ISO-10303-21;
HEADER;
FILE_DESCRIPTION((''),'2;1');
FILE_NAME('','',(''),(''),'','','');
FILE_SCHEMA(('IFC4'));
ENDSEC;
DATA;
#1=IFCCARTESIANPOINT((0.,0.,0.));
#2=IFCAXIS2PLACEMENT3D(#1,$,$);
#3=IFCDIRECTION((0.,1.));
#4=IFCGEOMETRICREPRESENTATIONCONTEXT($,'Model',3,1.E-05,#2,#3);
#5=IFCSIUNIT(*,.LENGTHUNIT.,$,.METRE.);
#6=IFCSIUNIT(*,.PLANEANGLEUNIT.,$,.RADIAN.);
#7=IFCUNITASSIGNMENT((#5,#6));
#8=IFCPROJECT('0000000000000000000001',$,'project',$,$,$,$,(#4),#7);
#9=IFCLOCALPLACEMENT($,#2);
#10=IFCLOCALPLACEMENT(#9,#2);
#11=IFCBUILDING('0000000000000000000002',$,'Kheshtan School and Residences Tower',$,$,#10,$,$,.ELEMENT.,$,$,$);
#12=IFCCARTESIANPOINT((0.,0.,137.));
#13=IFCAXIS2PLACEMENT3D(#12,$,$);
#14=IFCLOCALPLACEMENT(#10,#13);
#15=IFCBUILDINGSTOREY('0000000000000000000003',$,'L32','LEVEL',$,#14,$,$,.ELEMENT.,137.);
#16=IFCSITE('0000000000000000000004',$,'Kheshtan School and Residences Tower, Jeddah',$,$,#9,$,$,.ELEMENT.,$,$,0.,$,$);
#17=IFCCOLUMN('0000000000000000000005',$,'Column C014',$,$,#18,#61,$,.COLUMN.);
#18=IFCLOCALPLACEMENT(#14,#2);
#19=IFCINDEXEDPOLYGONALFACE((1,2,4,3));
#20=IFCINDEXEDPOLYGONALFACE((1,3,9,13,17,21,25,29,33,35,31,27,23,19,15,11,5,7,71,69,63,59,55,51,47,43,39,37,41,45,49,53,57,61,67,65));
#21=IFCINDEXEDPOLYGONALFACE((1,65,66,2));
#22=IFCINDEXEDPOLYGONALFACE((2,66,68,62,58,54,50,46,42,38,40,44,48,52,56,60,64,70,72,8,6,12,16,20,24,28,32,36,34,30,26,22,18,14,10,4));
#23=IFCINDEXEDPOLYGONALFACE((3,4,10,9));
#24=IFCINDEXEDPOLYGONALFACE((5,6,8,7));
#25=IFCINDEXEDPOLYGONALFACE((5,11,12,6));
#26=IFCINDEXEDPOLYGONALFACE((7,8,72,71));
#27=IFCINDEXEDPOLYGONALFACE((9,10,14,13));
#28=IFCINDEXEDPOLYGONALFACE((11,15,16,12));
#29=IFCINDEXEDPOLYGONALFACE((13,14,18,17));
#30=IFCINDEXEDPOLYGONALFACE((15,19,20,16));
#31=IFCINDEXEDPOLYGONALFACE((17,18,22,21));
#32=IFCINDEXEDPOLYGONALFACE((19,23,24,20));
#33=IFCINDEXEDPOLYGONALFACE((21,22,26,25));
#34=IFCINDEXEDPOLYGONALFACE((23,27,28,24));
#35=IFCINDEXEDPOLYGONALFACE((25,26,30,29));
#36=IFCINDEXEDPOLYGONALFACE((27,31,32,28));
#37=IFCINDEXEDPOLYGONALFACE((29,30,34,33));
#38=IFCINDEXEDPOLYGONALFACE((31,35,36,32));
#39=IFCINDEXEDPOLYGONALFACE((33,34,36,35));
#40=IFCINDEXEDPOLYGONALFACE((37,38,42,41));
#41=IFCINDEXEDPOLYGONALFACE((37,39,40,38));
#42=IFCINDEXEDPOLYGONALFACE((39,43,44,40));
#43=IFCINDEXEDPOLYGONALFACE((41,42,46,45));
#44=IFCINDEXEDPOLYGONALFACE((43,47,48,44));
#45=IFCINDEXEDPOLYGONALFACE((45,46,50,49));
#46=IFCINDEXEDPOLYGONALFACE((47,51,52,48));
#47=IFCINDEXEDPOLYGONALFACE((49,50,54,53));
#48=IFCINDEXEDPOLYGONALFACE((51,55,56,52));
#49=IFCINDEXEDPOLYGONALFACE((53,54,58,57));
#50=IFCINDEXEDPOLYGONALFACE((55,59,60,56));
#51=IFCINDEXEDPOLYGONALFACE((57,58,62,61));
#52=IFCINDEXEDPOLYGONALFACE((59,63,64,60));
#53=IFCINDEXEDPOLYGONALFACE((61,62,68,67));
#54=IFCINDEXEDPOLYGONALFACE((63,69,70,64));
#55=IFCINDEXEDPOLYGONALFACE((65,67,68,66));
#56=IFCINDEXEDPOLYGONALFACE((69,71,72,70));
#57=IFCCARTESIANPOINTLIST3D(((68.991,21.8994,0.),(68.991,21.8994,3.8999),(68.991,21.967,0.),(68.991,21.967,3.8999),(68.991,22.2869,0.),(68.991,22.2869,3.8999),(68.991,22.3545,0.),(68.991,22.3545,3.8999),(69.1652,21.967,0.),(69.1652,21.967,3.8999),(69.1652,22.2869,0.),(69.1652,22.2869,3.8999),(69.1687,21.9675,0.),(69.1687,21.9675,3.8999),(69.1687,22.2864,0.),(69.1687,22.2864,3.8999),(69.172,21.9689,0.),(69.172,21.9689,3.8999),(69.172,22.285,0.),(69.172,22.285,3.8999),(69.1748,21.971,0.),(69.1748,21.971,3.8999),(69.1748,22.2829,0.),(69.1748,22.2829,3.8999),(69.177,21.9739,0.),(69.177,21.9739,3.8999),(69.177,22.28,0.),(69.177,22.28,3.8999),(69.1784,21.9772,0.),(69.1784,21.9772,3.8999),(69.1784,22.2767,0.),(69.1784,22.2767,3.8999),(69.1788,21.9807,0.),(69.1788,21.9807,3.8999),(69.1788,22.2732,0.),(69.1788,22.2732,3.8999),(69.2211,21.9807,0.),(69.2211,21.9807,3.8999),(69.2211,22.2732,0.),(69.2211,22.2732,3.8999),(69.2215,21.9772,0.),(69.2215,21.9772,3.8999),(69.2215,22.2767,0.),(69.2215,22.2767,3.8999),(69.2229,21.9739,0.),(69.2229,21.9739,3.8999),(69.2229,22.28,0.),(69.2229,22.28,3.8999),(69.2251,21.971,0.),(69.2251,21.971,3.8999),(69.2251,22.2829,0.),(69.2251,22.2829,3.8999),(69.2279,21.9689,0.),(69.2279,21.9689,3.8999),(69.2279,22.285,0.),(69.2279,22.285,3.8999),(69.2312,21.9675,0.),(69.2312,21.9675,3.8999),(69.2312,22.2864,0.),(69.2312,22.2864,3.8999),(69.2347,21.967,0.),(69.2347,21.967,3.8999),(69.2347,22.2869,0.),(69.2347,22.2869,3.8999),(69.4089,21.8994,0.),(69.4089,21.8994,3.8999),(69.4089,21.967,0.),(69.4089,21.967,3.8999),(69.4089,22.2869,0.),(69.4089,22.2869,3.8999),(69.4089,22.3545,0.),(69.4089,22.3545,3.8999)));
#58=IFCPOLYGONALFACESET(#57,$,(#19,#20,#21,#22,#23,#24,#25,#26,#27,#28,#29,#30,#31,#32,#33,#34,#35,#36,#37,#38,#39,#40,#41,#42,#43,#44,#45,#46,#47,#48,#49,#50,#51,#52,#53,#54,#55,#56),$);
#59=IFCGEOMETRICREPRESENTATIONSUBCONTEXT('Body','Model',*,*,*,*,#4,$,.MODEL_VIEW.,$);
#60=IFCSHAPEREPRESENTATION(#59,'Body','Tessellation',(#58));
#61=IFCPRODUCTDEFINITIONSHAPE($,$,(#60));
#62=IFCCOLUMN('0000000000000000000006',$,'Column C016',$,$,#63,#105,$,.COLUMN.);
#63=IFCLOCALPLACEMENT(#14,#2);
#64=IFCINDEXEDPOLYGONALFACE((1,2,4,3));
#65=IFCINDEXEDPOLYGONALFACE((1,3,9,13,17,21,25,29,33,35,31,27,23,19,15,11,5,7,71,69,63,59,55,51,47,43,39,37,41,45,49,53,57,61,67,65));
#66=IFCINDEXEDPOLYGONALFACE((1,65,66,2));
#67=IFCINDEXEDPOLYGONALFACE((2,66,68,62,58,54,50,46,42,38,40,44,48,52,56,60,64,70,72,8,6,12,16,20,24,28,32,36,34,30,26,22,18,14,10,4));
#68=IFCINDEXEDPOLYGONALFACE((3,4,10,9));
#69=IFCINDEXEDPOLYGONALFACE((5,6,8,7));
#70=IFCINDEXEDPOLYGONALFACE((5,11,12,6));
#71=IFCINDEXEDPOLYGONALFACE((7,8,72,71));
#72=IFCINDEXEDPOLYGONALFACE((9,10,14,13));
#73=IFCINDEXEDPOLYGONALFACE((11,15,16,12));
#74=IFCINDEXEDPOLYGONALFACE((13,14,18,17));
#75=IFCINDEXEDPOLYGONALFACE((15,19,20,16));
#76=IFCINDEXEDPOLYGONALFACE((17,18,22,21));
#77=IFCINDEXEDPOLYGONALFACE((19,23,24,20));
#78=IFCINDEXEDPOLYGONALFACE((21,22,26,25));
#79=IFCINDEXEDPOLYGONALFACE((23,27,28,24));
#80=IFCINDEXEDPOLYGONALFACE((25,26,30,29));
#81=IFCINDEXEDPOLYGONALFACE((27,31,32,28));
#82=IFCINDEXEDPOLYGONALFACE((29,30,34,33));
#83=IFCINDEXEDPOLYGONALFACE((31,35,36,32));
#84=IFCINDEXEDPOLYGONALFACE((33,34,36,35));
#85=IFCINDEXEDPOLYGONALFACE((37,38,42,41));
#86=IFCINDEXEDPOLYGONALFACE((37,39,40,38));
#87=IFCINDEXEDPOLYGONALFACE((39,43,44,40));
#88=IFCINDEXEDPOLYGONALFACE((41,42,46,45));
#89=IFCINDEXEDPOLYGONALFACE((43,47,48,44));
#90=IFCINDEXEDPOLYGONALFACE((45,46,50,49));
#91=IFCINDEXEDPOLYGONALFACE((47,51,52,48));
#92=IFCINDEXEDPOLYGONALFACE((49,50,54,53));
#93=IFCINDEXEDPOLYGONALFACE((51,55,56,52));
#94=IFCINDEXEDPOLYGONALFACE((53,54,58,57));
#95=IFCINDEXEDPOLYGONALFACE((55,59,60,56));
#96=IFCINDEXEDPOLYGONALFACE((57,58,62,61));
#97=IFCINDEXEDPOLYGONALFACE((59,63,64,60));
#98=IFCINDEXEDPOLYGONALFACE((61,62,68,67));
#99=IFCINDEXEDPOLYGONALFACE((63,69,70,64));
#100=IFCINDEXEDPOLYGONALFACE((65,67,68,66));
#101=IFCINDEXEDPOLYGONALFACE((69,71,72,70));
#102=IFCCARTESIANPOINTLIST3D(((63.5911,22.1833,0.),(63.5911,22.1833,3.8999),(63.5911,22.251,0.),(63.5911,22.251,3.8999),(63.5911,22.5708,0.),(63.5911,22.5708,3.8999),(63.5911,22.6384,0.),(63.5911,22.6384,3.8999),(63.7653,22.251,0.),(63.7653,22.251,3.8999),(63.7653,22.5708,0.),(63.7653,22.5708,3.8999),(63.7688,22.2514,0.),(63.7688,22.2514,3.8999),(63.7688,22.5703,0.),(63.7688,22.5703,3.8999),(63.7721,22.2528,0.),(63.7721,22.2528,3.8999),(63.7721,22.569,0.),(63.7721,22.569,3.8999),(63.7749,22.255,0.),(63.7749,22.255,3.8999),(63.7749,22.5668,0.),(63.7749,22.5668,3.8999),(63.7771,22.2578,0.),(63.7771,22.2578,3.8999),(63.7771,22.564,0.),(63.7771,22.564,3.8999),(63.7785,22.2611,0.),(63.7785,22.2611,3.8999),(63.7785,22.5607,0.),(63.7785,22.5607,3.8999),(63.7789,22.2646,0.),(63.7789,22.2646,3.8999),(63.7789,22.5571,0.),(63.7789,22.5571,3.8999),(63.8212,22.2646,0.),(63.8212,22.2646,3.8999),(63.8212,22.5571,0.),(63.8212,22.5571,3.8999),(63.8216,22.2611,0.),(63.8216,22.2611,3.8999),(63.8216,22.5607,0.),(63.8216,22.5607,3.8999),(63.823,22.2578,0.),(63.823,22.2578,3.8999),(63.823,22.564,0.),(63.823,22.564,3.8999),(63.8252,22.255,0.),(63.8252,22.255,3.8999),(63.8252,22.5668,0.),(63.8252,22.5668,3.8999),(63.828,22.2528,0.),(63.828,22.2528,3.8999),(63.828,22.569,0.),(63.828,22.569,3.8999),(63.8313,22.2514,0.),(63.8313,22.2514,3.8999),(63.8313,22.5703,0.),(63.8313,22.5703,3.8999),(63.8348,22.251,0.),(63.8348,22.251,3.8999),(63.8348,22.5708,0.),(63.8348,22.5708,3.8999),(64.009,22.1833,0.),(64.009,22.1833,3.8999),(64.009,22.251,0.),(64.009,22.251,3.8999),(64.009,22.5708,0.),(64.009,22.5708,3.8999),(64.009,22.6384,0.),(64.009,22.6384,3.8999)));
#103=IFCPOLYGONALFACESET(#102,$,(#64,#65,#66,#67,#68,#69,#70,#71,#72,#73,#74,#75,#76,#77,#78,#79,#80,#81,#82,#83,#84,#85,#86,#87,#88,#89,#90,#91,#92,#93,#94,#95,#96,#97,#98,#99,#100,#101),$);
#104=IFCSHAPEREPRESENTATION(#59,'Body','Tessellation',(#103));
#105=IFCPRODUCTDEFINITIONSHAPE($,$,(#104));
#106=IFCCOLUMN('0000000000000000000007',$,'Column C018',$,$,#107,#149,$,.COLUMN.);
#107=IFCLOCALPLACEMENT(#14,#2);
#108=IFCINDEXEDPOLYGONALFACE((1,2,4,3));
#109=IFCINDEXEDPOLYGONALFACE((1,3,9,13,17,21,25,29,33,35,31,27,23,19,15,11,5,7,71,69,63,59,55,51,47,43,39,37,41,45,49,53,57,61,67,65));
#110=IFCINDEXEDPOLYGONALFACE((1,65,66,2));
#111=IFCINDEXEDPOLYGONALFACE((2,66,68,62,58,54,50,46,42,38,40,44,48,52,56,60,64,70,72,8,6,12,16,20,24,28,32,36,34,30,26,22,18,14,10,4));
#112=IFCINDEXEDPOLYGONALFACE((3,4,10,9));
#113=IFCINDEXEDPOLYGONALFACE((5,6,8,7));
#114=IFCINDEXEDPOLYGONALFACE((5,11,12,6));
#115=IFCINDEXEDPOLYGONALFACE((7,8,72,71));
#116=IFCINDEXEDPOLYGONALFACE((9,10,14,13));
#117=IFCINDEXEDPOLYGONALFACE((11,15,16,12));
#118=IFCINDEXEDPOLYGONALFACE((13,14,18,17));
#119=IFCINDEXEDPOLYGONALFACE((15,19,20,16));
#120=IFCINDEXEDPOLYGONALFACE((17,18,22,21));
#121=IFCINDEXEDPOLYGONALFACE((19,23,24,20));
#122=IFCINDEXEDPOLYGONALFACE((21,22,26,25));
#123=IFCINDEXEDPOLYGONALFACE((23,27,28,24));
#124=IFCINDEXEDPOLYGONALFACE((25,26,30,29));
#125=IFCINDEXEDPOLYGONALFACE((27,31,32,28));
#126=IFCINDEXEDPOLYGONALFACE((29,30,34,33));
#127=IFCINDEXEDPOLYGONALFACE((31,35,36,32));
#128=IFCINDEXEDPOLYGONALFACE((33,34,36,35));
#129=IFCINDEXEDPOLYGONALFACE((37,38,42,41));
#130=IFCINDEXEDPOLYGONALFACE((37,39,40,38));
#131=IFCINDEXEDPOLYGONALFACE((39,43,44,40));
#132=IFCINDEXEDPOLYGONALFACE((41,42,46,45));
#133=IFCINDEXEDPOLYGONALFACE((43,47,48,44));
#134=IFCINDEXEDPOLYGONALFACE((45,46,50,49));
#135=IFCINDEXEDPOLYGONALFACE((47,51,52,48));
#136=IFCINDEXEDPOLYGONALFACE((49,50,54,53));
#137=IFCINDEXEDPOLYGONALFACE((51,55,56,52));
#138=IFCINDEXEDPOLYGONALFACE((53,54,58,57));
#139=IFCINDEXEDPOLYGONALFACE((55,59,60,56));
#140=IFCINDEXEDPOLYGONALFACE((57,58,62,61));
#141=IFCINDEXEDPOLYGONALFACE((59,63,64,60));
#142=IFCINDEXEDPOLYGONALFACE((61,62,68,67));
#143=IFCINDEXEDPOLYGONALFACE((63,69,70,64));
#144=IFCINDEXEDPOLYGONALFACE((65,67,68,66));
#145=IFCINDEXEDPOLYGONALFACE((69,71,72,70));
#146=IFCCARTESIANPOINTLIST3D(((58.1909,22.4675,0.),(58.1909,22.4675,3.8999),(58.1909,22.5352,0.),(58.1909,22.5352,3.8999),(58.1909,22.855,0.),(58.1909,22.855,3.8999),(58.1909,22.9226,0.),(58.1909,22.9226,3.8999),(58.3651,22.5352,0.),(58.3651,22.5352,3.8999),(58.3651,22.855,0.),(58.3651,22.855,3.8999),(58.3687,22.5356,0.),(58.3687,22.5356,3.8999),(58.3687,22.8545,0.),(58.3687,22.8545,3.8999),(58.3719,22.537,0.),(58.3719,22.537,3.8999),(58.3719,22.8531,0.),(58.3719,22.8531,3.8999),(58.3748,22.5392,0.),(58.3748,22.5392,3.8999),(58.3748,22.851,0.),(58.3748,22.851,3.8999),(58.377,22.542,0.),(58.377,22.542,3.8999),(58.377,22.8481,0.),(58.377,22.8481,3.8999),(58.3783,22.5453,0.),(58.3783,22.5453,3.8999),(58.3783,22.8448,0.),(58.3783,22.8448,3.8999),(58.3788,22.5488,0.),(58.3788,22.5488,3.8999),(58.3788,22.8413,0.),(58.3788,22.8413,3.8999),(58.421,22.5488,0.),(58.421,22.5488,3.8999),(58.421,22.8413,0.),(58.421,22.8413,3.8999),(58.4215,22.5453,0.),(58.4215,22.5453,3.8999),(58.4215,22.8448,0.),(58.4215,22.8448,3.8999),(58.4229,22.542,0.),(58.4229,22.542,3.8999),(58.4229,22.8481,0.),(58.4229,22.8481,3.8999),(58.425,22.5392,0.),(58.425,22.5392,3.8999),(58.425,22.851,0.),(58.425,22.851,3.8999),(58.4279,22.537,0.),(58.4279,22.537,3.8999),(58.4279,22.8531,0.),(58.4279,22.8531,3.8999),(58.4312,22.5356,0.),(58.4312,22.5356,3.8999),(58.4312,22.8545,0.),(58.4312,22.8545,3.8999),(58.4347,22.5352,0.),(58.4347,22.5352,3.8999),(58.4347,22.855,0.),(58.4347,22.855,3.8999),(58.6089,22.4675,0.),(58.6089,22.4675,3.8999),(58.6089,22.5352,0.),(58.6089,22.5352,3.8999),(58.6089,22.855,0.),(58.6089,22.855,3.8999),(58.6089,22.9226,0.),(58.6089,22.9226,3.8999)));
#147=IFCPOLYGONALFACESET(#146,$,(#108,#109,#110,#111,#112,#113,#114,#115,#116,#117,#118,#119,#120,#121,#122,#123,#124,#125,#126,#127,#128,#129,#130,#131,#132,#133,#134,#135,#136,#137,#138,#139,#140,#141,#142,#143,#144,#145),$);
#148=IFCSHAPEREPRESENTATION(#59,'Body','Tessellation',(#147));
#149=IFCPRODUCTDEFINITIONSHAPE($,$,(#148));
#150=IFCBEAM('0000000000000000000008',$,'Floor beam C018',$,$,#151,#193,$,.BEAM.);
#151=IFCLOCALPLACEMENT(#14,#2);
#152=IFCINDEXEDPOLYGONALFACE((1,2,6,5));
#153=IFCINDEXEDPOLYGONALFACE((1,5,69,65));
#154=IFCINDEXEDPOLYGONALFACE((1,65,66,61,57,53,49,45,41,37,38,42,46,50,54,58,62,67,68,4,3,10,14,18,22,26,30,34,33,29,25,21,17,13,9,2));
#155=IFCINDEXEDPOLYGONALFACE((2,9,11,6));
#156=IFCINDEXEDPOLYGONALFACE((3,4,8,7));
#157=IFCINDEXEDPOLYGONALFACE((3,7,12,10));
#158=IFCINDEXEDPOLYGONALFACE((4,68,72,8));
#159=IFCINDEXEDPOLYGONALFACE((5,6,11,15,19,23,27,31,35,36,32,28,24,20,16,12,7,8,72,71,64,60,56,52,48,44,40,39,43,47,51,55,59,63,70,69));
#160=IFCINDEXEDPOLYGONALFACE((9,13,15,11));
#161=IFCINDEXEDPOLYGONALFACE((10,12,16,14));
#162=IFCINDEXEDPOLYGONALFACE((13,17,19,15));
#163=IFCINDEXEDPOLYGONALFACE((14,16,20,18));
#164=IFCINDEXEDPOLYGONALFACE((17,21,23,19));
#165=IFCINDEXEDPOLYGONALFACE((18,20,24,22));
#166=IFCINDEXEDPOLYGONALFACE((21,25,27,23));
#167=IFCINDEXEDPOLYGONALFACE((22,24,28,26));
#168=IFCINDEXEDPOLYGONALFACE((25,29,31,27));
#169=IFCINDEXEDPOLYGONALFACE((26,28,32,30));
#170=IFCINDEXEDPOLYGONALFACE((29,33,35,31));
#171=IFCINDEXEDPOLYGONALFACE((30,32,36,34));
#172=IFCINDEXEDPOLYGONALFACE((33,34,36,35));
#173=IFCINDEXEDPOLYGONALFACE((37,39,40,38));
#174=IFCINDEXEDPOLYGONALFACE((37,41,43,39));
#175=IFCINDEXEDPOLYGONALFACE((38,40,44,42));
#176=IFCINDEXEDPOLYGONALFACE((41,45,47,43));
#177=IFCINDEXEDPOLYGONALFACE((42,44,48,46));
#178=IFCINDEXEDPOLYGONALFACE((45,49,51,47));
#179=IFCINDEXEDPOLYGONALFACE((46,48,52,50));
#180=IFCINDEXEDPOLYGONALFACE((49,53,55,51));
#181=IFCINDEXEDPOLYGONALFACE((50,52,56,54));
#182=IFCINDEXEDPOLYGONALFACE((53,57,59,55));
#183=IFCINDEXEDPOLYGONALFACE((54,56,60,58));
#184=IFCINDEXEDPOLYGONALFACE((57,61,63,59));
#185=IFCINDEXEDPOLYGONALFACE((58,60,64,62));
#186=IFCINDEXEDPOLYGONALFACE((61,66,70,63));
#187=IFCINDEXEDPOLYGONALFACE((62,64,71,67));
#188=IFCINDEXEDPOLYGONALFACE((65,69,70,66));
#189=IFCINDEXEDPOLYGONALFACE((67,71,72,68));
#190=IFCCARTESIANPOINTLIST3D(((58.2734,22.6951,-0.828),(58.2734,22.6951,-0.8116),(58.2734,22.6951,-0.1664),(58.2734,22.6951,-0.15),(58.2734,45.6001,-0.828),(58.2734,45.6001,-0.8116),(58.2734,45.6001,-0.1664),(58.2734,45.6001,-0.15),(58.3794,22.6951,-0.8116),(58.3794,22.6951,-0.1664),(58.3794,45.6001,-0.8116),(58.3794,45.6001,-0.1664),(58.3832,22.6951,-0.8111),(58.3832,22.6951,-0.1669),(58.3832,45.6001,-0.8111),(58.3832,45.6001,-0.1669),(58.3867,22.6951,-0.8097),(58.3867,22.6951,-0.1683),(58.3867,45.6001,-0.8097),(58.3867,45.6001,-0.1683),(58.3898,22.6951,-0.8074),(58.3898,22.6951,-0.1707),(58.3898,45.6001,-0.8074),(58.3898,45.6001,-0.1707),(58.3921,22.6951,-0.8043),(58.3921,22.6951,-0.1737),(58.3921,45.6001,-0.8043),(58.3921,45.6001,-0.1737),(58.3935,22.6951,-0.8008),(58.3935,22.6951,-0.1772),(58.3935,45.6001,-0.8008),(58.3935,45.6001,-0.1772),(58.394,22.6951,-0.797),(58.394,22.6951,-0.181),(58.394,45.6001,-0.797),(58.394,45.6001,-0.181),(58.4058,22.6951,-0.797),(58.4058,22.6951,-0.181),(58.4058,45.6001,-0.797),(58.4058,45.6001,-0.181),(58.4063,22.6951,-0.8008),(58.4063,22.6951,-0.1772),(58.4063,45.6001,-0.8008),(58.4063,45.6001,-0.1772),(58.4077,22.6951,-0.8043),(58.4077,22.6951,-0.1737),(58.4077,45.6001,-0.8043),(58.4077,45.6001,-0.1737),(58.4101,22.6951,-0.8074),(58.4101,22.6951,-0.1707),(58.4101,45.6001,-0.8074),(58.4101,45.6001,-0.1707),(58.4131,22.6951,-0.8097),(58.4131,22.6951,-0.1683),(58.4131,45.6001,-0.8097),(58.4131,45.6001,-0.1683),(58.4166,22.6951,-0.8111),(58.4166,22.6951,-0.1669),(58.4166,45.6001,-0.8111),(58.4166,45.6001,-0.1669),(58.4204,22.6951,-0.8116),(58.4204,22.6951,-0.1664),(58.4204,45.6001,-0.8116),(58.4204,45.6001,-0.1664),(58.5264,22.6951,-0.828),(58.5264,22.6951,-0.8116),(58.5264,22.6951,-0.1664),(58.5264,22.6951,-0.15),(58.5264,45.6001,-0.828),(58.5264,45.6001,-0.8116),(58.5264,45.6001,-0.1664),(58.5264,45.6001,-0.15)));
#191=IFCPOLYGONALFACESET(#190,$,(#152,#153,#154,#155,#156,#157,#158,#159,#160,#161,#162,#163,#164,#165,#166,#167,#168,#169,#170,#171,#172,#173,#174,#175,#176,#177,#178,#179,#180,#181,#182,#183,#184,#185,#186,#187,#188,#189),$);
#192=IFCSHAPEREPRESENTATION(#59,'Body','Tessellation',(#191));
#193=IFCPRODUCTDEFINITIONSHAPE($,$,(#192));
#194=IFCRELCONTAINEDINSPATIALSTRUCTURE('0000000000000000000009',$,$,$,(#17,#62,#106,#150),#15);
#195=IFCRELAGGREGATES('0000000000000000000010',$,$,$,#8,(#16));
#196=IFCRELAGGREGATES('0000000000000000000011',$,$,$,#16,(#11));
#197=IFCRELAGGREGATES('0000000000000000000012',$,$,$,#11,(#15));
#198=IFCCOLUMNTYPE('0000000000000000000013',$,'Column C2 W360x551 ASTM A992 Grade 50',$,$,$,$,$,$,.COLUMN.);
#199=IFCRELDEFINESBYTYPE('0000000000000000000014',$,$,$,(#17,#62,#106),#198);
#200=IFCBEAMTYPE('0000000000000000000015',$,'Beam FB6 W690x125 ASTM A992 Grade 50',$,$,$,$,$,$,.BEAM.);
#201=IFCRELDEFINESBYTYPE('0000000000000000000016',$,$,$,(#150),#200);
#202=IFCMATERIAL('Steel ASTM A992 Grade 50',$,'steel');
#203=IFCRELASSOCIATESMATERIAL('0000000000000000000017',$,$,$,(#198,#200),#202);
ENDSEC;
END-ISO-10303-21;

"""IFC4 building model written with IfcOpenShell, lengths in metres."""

from ifc_helpers import new_model, si_unit, direction, frame, origin, origin_2d, place, context, subcontext, project, spatial, i_section, extrude, material, material_profile, profile_set, type_object, element, save


model = new_model("IFC4")

# Units and contexts
model_context = context("Model", 3, precision=1e-05, world=origin(), true_north=direction((0.0, 1.0)))
body_context = subcontext(model_context, "Body", "Model", "MODEL_VIEW")
ifc_project = project(units=[si_unit("LENGTHUNIT", "METRE"), si_unit("PLANEANGLEUNIT", "RADIAN")], contexts=[model_context])

# Site, building, storey
site_placement = place(None, origin())
site = spatial("IfcSite", under=ifc_project, at=site_placement, Name="Kheshtan School and Residences Tower, Jeddah", CompositionType="ELEMENT", RefElevation=0.0)
building_placement = place(site_placement, origin())
building = spatial("IfcBuilding", under=site, at=building_placement, Name="Kheshtan School and Residences Tower", CompositionType="ELEMENT")
storey_placement = place(building_placement, frame((0.0, 0.0, 137.0)))
storey = spatial("IfcBuildingStorey", under=building, at=storey_placement, Name="L32", Description="LEVEL", CompositionType="ELEMENT", Elevation=137.0)

# Columns
ifc_material_1 = material(Name="Steel ASTM A992 Grade 50", Category="steel")
ifc_material_profile_1 = material_profile(ifc_material_1, i_section(OverallWidth=0.418, OverallDepth=0.4551, WebThickness=0.0422, FlangeThickness=0.0676, FilletRadius=0.0137, at=origin_2d()), Name="W360x551")
ifc_profile_set_1 = profile_set([ifc_material_profile_1], Name="Steel ASTM A992 Grade 50")
column_type = type_object("IfcColumnType", Name="Column C2 W360x551 ASTM A992 Grade 50", PredefinedType="COLUMN", material=ifc_profile_set_1)
for number, where, z_axis, x_axis, name in (
    (1, (69.2, 22.127, 0.0), (0.0, 0.0, 1.0), (1.0, 0.0, 0.0), "Column C014"),
    (2, (63.8, 22.4109, 0.0), (0.0, 0.0, 1.0), (1.0, 0.0, 0.0), "Column C016"),
    (3, (58.3999, 22.6951, 0.0), (0.0, 0.0, 1.0), (1.0, 0.0, 0.0), "Column C018"),
):
    element("IfcColumn", number, at=place(storey_placement, frame(where, z_axis=z_axis, x_axis=x_axis)), inside=storey, type_object=column_type, Name=name, PredefinedType="COLUMN", context=body_context, shape_type="SweptSolid", body=[
        extrude(i_section(OverallWidth=0.418, OverallDepth=0.4551, WebThickness=0.0422, FlangeThickness=0.0676, FilletRadius=0.0137, at=origin_2d()), origin(), (0.0, 0.0, 1.0), 3.8999),
    ])

# Beam
ifc_material_profile_2 = material_profile(ifc_material_1, i_section(OverallWidth=0.2529, OverallDepth=0.678, WebThickness=0.0117, FlangeThickness=0.0164, FilletRadius=0.0146, at=origin_2d()), Name="W690x125")
ifc_profile_set_2 = profile_set([ifc_material_profile_2], Name="Steel ASTM A992 Grade 50")
beam_type_1 = type_object("IfcBeamType", Name="Beam FB6 W690x125 ASTM A992 Grade 50", PredefinedType="BEAM", material=ifc_profile_set_2)
beam_1_placement = place(storey_placement, frame((58.3999, 22.6951, -0.489), z_axis=(0.0, 1.0, 0.0), x_axis=(-1.0, 0.0, 0.0)))
element("IfcBeam", 4, at=beam_1_placement, inside=storey, type_object=beam_type_1, Name="Floor beam C018", PredefinedType="BEAM", context=body_context, shape_type="SweptSolid", body=[
    extrude(i_section(OverallWidth=0.2529, OverallDepth=0.678, WebThickness=0.0117, FlangeThickness=0.0164, FilletRadius=0.0146, at=origin_2d()), origin(), (0.0, 0.0, 1.0), 22.905),
])

save(model, "model.ifc")
